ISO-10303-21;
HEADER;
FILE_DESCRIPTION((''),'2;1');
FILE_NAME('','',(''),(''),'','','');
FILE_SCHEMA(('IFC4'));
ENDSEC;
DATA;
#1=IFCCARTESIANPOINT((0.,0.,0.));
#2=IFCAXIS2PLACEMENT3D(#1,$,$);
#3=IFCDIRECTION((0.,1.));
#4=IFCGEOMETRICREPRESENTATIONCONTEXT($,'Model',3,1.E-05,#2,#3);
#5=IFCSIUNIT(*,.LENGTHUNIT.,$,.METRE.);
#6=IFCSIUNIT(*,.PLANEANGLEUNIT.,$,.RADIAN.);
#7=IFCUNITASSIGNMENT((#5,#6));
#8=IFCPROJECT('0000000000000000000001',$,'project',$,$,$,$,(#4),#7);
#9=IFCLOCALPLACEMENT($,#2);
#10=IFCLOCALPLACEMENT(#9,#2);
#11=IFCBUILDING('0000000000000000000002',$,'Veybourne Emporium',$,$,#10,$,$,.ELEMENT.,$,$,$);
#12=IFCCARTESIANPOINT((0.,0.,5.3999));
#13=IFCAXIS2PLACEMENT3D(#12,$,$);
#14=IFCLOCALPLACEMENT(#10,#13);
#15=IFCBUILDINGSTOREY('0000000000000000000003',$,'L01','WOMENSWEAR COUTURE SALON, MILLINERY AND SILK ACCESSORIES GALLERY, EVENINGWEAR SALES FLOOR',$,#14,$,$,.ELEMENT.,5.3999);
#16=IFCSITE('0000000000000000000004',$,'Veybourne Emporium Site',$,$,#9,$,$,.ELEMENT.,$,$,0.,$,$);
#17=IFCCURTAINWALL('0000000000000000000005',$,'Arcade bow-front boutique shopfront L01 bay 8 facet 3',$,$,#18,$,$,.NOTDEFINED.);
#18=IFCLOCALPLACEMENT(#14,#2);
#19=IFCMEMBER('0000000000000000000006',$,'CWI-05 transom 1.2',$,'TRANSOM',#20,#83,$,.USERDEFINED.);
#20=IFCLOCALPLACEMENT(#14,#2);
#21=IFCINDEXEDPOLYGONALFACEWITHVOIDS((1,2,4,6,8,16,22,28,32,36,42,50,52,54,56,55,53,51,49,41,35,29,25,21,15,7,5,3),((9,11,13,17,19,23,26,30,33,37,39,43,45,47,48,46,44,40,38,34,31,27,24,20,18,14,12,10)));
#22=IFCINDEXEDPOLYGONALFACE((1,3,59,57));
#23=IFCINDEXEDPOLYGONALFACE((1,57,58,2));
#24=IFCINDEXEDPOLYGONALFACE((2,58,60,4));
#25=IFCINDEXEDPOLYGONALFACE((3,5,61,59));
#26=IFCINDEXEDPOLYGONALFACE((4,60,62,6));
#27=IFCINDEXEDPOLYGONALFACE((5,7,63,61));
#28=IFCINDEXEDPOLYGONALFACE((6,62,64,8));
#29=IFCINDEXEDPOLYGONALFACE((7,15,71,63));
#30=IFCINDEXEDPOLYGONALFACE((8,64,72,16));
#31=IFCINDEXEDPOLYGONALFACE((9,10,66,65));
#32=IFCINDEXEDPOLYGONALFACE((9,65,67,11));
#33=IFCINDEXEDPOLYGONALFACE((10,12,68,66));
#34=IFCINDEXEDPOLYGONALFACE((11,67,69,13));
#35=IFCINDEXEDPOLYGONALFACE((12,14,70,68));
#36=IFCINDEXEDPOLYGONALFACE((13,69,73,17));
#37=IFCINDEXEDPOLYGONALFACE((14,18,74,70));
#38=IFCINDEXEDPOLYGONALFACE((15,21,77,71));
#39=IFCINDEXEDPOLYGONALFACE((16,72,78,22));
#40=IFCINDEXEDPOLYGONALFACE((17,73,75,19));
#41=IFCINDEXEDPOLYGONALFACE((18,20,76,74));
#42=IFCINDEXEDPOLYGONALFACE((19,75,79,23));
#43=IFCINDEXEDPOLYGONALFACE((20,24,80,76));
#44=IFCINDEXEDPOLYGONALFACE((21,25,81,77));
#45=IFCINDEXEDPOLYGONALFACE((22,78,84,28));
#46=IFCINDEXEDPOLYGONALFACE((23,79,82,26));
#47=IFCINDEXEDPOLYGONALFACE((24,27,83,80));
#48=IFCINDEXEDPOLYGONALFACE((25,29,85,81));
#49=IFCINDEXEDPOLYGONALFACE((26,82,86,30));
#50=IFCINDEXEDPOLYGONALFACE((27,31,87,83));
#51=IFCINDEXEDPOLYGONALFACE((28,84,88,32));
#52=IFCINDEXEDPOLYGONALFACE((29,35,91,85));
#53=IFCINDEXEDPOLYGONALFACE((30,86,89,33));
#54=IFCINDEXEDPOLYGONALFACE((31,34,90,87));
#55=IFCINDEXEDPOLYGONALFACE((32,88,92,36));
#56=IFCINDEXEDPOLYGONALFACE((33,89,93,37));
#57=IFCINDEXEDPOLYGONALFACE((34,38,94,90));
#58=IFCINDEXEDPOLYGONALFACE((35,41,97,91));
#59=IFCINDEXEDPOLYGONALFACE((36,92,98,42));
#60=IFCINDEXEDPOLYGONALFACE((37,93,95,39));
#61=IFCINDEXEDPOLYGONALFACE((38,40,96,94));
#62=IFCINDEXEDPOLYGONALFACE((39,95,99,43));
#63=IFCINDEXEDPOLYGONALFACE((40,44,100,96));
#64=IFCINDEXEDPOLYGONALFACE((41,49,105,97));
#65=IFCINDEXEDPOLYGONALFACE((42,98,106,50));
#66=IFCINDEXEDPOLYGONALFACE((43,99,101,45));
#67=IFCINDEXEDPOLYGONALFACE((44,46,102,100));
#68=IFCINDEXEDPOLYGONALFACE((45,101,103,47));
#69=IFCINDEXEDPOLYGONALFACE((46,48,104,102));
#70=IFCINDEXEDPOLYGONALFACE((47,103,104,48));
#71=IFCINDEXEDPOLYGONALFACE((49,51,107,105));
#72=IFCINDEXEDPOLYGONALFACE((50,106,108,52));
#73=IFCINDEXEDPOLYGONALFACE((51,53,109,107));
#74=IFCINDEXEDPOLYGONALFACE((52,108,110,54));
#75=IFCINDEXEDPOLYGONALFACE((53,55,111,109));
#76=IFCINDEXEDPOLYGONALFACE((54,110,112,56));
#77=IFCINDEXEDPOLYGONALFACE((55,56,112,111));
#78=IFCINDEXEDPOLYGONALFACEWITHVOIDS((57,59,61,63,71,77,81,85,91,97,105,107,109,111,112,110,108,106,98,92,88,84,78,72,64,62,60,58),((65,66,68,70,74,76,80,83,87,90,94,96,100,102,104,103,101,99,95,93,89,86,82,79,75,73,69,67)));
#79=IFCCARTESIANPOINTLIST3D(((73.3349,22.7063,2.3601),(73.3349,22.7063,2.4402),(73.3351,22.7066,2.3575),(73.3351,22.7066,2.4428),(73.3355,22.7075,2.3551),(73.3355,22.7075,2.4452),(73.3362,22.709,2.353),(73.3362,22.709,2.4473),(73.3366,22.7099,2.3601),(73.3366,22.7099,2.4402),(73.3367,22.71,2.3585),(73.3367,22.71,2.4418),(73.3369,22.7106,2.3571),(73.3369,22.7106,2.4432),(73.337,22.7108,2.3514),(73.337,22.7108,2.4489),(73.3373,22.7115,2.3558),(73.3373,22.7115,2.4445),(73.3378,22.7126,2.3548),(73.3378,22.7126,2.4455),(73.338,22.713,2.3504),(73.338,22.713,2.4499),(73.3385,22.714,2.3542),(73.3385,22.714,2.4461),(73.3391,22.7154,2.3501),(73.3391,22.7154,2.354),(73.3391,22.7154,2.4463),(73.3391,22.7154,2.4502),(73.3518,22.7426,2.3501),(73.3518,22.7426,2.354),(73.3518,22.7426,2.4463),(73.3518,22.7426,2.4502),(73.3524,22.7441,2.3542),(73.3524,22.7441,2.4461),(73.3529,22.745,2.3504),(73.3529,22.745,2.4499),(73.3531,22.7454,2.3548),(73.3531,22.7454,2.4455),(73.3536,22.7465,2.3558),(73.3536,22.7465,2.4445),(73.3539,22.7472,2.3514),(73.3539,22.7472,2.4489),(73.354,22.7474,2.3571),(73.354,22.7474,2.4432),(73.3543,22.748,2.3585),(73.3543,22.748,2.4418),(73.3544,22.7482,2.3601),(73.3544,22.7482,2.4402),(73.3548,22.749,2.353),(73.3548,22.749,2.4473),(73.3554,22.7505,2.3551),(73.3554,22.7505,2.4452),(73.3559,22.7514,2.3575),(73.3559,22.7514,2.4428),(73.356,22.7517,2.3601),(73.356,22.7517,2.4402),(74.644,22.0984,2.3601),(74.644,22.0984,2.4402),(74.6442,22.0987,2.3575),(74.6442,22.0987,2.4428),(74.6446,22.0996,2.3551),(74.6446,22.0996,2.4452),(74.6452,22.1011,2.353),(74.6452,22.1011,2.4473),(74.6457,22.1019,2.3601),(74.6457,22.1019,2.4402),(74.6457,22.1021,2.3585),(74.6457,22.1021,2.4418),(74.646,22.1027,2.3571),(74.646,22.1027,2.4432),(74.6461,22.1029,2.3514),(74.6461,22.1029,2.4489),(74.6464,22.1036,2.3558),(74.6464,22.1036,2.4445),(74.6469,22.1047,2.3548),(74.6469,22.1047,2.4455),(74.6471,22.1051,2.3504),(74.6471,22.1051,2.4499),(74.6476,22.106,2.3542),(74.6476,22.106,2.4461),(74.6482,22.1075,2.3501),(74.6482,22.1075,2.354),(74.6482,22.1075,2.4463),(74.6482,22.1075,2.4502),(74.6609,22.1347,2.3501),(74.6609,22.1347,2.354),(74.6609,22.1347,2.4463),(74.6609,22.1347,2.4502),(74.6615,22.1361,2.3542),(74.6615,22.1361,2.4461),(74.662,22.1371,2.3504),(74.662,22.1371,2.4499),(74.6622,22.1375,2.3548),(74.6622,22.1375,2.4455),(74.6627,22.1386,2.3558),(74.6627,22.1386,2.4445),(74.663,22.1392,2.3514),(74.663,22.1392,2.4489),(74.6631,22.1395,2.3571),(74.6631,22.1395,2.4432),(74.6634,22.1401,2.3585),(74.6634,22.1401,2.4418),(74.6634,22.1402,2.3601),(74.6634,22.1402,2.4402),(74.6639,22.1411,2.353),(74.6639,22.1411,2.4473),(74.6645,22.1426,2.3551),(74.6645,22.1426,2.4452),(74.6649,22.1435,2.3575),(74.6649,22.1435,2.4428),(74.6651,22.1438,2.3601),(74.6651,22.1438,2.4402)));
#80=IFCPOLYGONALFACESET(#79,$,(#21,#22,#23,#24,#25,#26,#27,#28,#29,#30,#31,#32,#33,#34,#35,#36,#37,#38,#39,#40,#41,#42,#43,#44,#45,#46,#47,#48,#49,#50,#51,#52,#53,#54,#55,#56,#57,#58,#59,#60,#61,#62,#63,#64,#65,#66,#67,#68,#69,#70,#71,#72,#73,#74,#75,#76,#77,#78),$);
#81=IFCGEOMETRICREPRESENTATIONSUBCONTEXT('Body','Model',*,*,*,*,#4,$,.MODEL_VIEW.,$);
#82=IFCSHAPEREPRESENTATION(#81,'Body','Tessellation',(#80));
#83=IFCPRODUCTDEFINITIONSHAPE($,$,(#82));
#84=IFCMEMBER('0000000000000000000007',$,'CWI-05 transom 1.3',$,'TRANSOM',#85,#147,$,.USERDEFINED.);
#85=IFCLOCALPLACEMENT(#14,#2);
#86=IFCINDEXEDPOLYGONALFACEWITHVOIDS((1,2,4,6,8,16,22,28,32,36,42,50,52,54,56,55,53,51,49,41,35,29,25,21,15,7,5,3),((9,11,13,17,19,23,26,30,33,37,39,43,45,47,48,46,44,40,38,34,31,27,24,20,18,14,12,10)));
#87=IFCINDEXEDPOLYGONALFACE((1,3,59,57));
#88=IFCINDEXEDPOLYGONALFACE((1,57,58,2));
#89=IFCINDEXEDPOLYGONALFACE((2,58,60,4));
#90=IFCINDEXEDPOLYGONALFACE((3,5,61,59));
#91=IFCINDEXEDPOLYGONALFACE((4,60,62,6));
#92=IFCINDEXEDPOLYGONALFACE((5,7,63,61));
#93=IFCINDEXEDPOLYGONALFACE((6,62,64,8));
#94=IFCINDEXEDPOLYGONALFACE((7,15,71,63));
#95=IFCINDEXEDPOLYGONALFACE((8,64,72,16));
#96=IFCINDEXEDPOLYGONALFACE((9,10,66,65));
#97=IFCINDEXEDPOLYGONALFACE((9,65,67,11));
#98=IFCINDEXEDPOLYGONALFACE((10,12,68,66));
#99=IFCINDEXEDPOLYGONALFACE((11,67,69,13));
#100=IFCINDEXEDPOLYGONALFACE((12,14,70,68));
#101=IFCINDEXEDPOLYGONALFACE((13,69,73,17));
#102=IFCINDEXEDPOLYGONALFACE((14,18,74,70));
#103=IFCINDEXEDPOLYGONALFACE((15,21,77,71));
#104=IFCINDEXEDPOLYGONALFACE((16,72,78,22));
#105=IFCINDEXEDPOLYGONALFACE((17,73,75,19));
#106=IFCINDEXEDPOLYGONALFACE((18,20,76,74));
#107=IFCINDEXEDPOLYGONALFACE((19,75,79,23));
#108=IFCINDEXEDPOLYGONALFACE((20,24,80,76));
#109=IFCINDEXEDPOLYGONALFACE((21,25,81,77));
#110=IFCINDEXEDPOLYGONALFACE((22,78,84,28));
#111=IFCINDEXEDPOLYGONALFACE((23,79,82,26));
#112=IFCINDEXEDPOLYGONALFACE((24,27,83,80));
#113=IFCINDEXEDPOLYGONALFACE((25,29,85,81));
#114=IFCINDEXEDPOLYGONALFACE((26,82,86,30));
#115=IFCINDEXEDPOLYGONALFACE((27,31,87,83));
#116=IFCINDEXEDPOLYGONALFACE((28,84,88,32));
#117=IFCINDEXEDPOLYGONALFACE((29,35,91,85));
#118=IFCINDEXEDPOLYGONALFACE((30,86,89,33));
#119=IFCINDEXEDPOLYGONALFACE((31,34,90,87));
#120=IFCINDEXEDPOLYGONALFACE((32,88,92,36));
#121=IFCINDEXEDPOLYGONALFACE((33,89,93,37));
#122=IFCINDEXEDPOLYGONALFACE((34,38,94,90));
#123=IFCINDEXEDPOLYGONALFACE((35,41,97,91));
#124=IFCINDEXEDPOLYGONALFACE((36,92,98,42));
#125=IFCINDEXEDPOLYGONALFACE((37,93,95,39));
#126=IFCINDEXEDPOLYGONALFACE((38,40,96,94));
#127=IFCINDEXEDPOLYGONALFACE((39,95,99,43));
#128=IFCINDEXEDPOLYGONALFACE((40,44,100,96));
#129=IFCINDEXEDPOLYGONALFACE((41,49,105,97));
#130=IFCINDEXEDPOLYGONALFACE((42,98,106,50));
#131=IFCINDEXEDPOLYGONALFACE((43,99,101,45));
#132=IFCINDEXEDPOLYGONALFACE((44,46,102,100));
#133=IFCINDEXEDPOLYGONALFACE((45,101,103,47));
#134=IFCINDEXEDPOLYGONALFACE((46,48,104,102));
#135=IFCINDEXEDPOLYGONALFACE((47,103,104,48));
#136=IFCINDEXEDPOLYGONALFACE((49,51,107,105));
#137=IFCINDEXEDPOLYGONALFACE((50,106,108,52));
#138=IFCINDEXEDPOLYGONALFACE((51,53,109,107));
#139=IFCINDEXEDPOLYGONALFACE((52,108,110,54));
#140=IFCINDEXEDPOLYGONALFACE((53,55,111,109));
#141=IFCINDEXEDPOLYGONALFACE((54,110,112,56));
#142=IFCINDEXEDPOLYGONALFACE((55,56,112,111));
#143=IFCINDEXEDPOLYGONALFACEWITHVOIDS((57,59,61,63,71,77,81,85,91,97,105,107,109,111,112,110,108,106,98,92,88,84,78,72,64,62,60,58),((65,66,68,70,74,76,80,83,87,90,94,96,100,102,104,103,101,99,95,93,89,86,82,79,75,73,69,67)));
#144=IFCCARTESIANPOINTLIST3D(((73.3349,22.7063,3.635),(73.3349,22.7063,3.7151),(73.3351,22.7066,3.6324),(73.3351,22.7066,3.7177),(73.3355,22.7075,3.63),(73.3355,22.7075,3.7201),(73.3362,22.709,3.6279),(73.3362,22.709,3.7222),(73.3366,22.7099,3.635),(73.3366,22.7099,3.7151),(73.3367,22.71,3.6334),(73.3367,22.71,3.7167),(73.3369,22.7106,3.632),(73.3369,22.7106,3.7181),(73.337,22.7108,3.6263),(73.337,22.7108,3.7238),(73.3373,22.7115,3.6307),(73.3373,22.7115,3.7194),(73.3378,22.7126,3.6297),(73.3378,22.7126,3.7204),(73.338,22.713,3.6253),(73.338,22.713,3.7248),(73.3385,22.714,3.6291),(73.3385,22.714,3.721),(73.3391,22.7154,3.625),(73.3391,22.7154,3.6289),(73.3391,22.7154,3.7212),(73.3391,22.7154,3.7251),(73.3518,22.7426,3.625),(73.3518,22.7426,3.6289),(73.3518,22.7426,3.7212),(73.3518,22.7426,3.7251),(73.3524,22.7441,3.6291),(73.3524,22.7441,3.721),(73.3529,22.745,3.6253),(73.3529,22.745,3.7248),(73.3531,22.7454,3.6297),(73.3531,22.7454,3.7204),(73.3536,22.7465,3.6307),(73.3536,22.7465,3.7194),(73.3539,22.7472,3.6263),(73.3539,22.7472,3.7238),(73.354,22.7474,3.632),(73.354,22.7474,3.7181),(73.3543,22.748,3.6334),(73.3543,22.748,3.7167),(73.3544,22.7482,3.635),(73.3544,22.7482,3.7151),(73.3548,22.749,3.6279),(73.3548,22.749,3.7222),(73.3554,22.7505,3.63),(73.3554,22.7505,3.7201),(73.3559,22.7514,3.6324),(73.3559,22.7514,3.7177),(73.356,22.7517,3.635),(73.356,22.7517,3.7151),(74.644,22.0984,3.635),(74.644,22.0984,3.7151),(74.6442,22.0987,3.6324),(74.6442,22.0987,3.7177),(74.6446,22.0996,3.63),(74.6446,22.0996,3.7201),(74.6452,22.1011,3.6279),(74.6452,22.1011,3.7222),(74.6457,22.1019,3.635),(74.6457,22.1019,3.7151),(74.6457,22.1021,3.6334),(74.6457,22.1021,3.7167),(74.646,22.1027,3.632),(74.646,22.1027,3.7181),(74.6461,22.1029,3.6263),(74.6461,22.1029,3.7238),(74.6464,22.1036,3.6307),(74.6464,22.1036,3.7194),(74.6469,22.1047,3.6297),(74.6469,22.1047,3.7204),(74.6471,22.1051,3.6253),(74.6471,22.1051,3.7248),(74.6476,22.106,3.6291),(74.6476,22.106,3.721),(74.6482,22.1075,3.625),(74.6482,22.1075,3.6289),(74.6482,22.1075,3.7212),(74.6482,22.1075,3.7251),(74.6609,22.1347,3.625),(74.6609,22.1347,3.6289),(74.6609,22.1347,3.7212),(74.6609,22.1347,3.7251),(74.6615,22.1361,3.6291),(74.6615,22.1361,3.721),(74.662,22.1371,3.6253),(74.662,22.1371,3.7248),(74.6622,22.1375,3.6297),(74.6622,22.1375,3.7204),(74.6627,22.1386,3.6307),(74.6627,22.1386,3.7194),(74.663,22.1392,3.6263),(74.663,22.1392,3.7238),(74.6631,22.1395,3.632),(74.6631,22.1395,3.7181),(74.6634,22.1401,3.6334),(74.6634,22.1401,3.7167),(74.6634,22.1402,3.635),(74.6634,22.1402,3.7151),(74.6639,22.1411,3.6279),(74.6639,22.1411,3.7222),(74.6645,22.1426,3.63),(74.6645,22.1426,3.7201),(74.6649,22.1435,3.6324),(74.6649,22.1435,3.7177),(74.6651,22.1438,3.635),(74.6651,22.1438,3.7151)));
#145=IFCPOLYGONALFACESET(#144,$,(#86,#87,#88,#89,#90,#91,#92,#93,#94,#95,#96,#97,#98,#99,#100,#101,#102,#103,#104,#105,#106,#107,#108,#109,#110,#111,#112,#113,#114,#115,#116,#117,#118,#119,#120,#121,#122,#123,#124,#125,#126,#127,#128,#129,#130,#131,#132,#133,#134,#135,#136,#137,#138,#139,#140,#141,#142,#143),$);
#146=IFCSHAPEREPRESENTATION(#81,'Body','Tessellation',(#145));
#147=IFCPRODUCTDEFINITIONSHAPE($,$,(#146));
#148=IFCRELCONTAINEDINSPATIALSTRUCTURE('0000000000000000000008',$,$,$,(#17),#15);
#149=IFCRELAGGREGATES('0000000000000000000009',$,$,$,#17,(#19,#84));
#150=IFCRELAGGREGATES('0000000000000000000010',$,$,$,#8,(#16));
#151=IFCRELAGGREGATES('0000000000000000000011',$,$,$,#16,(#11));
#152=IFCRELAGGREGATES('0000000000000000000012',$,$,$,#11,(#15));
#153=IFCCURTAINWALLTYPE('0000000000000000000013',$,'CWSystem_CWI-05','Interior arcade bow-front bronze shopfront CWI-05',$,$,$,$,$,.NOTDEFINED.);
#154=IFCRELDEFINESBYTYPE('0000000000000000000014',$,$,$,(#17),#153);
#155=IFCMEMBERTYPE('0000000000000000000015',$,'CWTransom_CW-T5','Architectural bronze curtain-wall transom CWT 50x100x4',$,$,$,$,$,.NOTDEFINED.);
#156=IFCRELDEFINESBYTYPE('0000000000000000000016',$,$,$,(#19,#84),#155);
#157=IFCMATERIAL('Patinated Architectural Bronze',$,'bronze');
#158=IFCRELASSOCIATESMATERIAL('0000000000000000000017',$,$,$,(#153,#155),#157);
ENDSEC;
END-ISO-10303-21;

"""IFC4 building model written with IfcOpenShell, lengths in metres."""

from ifc_helpers import new_model, si_unit, direction, frame, origin, origin_2d, place, context, subcontext, project, spatial, hollow_rectangle, extrude, material, material_profile, profile_set, type_object, element, aggregate, save


model = new_model("IFC4")

# Units and contexts
model_context = context("Model", 3, precision=1e-05, world=origin(), true_north=direction((0.0, 1.0)))
body_context = subcontext(model_context, "Body", "Model", "MODEL_VIEW")
ifc_project = project(units=[si_unit("LENGTHUNIT", "METRE"), si_unit("PLANEANGLEUNIT", "RADIAN")], contexts=[model_context])

# Site, building, storey
site_placement = place(None, origin())
site = spatial("IfcSite", under=ifc_project, at=site_placement, Name="Veybourne Emporium Site", CompositionType="ELEMENT", RefElevation=0.0)
building_placement = place(site_placement, origin())
building = spatial("IfcBuilding", under=site, at=building_placement, Name="Veybourne Emporium", CompositionType="ELEMENT")
storey_placement = place(building_placement, frame((0.0, 0.0, 5.3999)))
storey = spatial("IfcBuildingStorey", under=building, at=storey_placement, Name="L01", Description="WOMENSWEAR COUTURE SALON, MILLINERY AND SILK ACCESSORIES GALLERY, EVENINGWEAR SALES FLOOR", CompositionType="ELEMENT", Elevation=5.3999)

# Curtain wall
ifc_material_1 = material(Name="Patinated Architectural Bronze", Category="bronze")
curtain_wall_type_1 = type_object("IfcCurtainWallType", Name="CWSystem_CWI-05", Description="Interior arcade bow-front bronze shopfront CWI-05", PredefinedType="NOTDEFINED", material=ifc_material_1)
curtain_wall_1_placement = place(storey_placement, origin())
curtain_wall_1 = element("IfcCurtainWall", 1, at=curtain_wall_1_placement, inside=storey, type_object=curtain_wall_type_1, Name="Arcade bow-front boutique shopfront L01 bay 8 facet 3", PredefinedType="NOTDEFINED")

# Members
ifc_material_profile_1 = material_profile(ifc_material_1, hollow_rectangle(XDim=0.05, YDim=0.1001, WallThickness=0.0039, InnerFilletRadius=0.0061, OuterFilletRadius=0.01, at=origin_2d()), Name="CWT 50x100x4")
ifc_profile_set_1 = profile_set([ifc_material_profile_1], Name="Patinated Architectural Bronze")
member_type_1 = type_object("IfcMemberType", Name="CWTransom_CW-T5", Description="Architectural bronze curtain-wall transom CWT 50x100x4", PredefinedType="NOTDEFINED", material=ifc_profile_set_1)
member_1_placement = place(storey_placement, frame((73.3455, 22.729, 2.4001), z_axis=(0.906977, -0.421181, 0.0), x_axis=(0.421181, 0.906977, 0.0)))
member_1 = element("IfcMember", 2, at=member_1_placement, type_object=member_type_1, Name="CWI-05 transom 1.2", ObjectType="TRANSOM", PredefinedType="USERDEFINED", context=body_context, shape_type="SweptSolid", body=[
    extrude(hollow_rectangle(XDim=0.05, YDim=0.1001, WallThickness=0.0039, InnerFilletRadius=0.0061, OuterFilletRadius=0.01, at=origin_2d()), origin(), (0.0, 0.0, 1.0), 1.4434),
])
member_2_placement = place(storey_placement, frame((73.3455, 22.729, 3.675), z_axis=(0.906977, -0.421181, 0.0), x_axis=(0.421181, 0.906977, 0.0)))
member_2 = element("IfcMember", 3, at=member_2_placement, type_object=member_type_1, Name="CWI-05 transom 1.3", ObjectType="TRANSOM", PredefinedType="USERDEFINED", context=body_context, shape_type="SweptSolid", body=[
    extrude(hollow_rectangle(XDim=0.05, YDim=0.1001, WallThickness=0.0039, InnerFilletRadius=0.0061, OuterFilletRadius=0.01, at=origin_2d()), origin(), (0.0, 0.0, 1.0), 1.4434),
])

aggregate(curtain_wall_1, [member_1, member_2])

save(model, "model.ifc")
